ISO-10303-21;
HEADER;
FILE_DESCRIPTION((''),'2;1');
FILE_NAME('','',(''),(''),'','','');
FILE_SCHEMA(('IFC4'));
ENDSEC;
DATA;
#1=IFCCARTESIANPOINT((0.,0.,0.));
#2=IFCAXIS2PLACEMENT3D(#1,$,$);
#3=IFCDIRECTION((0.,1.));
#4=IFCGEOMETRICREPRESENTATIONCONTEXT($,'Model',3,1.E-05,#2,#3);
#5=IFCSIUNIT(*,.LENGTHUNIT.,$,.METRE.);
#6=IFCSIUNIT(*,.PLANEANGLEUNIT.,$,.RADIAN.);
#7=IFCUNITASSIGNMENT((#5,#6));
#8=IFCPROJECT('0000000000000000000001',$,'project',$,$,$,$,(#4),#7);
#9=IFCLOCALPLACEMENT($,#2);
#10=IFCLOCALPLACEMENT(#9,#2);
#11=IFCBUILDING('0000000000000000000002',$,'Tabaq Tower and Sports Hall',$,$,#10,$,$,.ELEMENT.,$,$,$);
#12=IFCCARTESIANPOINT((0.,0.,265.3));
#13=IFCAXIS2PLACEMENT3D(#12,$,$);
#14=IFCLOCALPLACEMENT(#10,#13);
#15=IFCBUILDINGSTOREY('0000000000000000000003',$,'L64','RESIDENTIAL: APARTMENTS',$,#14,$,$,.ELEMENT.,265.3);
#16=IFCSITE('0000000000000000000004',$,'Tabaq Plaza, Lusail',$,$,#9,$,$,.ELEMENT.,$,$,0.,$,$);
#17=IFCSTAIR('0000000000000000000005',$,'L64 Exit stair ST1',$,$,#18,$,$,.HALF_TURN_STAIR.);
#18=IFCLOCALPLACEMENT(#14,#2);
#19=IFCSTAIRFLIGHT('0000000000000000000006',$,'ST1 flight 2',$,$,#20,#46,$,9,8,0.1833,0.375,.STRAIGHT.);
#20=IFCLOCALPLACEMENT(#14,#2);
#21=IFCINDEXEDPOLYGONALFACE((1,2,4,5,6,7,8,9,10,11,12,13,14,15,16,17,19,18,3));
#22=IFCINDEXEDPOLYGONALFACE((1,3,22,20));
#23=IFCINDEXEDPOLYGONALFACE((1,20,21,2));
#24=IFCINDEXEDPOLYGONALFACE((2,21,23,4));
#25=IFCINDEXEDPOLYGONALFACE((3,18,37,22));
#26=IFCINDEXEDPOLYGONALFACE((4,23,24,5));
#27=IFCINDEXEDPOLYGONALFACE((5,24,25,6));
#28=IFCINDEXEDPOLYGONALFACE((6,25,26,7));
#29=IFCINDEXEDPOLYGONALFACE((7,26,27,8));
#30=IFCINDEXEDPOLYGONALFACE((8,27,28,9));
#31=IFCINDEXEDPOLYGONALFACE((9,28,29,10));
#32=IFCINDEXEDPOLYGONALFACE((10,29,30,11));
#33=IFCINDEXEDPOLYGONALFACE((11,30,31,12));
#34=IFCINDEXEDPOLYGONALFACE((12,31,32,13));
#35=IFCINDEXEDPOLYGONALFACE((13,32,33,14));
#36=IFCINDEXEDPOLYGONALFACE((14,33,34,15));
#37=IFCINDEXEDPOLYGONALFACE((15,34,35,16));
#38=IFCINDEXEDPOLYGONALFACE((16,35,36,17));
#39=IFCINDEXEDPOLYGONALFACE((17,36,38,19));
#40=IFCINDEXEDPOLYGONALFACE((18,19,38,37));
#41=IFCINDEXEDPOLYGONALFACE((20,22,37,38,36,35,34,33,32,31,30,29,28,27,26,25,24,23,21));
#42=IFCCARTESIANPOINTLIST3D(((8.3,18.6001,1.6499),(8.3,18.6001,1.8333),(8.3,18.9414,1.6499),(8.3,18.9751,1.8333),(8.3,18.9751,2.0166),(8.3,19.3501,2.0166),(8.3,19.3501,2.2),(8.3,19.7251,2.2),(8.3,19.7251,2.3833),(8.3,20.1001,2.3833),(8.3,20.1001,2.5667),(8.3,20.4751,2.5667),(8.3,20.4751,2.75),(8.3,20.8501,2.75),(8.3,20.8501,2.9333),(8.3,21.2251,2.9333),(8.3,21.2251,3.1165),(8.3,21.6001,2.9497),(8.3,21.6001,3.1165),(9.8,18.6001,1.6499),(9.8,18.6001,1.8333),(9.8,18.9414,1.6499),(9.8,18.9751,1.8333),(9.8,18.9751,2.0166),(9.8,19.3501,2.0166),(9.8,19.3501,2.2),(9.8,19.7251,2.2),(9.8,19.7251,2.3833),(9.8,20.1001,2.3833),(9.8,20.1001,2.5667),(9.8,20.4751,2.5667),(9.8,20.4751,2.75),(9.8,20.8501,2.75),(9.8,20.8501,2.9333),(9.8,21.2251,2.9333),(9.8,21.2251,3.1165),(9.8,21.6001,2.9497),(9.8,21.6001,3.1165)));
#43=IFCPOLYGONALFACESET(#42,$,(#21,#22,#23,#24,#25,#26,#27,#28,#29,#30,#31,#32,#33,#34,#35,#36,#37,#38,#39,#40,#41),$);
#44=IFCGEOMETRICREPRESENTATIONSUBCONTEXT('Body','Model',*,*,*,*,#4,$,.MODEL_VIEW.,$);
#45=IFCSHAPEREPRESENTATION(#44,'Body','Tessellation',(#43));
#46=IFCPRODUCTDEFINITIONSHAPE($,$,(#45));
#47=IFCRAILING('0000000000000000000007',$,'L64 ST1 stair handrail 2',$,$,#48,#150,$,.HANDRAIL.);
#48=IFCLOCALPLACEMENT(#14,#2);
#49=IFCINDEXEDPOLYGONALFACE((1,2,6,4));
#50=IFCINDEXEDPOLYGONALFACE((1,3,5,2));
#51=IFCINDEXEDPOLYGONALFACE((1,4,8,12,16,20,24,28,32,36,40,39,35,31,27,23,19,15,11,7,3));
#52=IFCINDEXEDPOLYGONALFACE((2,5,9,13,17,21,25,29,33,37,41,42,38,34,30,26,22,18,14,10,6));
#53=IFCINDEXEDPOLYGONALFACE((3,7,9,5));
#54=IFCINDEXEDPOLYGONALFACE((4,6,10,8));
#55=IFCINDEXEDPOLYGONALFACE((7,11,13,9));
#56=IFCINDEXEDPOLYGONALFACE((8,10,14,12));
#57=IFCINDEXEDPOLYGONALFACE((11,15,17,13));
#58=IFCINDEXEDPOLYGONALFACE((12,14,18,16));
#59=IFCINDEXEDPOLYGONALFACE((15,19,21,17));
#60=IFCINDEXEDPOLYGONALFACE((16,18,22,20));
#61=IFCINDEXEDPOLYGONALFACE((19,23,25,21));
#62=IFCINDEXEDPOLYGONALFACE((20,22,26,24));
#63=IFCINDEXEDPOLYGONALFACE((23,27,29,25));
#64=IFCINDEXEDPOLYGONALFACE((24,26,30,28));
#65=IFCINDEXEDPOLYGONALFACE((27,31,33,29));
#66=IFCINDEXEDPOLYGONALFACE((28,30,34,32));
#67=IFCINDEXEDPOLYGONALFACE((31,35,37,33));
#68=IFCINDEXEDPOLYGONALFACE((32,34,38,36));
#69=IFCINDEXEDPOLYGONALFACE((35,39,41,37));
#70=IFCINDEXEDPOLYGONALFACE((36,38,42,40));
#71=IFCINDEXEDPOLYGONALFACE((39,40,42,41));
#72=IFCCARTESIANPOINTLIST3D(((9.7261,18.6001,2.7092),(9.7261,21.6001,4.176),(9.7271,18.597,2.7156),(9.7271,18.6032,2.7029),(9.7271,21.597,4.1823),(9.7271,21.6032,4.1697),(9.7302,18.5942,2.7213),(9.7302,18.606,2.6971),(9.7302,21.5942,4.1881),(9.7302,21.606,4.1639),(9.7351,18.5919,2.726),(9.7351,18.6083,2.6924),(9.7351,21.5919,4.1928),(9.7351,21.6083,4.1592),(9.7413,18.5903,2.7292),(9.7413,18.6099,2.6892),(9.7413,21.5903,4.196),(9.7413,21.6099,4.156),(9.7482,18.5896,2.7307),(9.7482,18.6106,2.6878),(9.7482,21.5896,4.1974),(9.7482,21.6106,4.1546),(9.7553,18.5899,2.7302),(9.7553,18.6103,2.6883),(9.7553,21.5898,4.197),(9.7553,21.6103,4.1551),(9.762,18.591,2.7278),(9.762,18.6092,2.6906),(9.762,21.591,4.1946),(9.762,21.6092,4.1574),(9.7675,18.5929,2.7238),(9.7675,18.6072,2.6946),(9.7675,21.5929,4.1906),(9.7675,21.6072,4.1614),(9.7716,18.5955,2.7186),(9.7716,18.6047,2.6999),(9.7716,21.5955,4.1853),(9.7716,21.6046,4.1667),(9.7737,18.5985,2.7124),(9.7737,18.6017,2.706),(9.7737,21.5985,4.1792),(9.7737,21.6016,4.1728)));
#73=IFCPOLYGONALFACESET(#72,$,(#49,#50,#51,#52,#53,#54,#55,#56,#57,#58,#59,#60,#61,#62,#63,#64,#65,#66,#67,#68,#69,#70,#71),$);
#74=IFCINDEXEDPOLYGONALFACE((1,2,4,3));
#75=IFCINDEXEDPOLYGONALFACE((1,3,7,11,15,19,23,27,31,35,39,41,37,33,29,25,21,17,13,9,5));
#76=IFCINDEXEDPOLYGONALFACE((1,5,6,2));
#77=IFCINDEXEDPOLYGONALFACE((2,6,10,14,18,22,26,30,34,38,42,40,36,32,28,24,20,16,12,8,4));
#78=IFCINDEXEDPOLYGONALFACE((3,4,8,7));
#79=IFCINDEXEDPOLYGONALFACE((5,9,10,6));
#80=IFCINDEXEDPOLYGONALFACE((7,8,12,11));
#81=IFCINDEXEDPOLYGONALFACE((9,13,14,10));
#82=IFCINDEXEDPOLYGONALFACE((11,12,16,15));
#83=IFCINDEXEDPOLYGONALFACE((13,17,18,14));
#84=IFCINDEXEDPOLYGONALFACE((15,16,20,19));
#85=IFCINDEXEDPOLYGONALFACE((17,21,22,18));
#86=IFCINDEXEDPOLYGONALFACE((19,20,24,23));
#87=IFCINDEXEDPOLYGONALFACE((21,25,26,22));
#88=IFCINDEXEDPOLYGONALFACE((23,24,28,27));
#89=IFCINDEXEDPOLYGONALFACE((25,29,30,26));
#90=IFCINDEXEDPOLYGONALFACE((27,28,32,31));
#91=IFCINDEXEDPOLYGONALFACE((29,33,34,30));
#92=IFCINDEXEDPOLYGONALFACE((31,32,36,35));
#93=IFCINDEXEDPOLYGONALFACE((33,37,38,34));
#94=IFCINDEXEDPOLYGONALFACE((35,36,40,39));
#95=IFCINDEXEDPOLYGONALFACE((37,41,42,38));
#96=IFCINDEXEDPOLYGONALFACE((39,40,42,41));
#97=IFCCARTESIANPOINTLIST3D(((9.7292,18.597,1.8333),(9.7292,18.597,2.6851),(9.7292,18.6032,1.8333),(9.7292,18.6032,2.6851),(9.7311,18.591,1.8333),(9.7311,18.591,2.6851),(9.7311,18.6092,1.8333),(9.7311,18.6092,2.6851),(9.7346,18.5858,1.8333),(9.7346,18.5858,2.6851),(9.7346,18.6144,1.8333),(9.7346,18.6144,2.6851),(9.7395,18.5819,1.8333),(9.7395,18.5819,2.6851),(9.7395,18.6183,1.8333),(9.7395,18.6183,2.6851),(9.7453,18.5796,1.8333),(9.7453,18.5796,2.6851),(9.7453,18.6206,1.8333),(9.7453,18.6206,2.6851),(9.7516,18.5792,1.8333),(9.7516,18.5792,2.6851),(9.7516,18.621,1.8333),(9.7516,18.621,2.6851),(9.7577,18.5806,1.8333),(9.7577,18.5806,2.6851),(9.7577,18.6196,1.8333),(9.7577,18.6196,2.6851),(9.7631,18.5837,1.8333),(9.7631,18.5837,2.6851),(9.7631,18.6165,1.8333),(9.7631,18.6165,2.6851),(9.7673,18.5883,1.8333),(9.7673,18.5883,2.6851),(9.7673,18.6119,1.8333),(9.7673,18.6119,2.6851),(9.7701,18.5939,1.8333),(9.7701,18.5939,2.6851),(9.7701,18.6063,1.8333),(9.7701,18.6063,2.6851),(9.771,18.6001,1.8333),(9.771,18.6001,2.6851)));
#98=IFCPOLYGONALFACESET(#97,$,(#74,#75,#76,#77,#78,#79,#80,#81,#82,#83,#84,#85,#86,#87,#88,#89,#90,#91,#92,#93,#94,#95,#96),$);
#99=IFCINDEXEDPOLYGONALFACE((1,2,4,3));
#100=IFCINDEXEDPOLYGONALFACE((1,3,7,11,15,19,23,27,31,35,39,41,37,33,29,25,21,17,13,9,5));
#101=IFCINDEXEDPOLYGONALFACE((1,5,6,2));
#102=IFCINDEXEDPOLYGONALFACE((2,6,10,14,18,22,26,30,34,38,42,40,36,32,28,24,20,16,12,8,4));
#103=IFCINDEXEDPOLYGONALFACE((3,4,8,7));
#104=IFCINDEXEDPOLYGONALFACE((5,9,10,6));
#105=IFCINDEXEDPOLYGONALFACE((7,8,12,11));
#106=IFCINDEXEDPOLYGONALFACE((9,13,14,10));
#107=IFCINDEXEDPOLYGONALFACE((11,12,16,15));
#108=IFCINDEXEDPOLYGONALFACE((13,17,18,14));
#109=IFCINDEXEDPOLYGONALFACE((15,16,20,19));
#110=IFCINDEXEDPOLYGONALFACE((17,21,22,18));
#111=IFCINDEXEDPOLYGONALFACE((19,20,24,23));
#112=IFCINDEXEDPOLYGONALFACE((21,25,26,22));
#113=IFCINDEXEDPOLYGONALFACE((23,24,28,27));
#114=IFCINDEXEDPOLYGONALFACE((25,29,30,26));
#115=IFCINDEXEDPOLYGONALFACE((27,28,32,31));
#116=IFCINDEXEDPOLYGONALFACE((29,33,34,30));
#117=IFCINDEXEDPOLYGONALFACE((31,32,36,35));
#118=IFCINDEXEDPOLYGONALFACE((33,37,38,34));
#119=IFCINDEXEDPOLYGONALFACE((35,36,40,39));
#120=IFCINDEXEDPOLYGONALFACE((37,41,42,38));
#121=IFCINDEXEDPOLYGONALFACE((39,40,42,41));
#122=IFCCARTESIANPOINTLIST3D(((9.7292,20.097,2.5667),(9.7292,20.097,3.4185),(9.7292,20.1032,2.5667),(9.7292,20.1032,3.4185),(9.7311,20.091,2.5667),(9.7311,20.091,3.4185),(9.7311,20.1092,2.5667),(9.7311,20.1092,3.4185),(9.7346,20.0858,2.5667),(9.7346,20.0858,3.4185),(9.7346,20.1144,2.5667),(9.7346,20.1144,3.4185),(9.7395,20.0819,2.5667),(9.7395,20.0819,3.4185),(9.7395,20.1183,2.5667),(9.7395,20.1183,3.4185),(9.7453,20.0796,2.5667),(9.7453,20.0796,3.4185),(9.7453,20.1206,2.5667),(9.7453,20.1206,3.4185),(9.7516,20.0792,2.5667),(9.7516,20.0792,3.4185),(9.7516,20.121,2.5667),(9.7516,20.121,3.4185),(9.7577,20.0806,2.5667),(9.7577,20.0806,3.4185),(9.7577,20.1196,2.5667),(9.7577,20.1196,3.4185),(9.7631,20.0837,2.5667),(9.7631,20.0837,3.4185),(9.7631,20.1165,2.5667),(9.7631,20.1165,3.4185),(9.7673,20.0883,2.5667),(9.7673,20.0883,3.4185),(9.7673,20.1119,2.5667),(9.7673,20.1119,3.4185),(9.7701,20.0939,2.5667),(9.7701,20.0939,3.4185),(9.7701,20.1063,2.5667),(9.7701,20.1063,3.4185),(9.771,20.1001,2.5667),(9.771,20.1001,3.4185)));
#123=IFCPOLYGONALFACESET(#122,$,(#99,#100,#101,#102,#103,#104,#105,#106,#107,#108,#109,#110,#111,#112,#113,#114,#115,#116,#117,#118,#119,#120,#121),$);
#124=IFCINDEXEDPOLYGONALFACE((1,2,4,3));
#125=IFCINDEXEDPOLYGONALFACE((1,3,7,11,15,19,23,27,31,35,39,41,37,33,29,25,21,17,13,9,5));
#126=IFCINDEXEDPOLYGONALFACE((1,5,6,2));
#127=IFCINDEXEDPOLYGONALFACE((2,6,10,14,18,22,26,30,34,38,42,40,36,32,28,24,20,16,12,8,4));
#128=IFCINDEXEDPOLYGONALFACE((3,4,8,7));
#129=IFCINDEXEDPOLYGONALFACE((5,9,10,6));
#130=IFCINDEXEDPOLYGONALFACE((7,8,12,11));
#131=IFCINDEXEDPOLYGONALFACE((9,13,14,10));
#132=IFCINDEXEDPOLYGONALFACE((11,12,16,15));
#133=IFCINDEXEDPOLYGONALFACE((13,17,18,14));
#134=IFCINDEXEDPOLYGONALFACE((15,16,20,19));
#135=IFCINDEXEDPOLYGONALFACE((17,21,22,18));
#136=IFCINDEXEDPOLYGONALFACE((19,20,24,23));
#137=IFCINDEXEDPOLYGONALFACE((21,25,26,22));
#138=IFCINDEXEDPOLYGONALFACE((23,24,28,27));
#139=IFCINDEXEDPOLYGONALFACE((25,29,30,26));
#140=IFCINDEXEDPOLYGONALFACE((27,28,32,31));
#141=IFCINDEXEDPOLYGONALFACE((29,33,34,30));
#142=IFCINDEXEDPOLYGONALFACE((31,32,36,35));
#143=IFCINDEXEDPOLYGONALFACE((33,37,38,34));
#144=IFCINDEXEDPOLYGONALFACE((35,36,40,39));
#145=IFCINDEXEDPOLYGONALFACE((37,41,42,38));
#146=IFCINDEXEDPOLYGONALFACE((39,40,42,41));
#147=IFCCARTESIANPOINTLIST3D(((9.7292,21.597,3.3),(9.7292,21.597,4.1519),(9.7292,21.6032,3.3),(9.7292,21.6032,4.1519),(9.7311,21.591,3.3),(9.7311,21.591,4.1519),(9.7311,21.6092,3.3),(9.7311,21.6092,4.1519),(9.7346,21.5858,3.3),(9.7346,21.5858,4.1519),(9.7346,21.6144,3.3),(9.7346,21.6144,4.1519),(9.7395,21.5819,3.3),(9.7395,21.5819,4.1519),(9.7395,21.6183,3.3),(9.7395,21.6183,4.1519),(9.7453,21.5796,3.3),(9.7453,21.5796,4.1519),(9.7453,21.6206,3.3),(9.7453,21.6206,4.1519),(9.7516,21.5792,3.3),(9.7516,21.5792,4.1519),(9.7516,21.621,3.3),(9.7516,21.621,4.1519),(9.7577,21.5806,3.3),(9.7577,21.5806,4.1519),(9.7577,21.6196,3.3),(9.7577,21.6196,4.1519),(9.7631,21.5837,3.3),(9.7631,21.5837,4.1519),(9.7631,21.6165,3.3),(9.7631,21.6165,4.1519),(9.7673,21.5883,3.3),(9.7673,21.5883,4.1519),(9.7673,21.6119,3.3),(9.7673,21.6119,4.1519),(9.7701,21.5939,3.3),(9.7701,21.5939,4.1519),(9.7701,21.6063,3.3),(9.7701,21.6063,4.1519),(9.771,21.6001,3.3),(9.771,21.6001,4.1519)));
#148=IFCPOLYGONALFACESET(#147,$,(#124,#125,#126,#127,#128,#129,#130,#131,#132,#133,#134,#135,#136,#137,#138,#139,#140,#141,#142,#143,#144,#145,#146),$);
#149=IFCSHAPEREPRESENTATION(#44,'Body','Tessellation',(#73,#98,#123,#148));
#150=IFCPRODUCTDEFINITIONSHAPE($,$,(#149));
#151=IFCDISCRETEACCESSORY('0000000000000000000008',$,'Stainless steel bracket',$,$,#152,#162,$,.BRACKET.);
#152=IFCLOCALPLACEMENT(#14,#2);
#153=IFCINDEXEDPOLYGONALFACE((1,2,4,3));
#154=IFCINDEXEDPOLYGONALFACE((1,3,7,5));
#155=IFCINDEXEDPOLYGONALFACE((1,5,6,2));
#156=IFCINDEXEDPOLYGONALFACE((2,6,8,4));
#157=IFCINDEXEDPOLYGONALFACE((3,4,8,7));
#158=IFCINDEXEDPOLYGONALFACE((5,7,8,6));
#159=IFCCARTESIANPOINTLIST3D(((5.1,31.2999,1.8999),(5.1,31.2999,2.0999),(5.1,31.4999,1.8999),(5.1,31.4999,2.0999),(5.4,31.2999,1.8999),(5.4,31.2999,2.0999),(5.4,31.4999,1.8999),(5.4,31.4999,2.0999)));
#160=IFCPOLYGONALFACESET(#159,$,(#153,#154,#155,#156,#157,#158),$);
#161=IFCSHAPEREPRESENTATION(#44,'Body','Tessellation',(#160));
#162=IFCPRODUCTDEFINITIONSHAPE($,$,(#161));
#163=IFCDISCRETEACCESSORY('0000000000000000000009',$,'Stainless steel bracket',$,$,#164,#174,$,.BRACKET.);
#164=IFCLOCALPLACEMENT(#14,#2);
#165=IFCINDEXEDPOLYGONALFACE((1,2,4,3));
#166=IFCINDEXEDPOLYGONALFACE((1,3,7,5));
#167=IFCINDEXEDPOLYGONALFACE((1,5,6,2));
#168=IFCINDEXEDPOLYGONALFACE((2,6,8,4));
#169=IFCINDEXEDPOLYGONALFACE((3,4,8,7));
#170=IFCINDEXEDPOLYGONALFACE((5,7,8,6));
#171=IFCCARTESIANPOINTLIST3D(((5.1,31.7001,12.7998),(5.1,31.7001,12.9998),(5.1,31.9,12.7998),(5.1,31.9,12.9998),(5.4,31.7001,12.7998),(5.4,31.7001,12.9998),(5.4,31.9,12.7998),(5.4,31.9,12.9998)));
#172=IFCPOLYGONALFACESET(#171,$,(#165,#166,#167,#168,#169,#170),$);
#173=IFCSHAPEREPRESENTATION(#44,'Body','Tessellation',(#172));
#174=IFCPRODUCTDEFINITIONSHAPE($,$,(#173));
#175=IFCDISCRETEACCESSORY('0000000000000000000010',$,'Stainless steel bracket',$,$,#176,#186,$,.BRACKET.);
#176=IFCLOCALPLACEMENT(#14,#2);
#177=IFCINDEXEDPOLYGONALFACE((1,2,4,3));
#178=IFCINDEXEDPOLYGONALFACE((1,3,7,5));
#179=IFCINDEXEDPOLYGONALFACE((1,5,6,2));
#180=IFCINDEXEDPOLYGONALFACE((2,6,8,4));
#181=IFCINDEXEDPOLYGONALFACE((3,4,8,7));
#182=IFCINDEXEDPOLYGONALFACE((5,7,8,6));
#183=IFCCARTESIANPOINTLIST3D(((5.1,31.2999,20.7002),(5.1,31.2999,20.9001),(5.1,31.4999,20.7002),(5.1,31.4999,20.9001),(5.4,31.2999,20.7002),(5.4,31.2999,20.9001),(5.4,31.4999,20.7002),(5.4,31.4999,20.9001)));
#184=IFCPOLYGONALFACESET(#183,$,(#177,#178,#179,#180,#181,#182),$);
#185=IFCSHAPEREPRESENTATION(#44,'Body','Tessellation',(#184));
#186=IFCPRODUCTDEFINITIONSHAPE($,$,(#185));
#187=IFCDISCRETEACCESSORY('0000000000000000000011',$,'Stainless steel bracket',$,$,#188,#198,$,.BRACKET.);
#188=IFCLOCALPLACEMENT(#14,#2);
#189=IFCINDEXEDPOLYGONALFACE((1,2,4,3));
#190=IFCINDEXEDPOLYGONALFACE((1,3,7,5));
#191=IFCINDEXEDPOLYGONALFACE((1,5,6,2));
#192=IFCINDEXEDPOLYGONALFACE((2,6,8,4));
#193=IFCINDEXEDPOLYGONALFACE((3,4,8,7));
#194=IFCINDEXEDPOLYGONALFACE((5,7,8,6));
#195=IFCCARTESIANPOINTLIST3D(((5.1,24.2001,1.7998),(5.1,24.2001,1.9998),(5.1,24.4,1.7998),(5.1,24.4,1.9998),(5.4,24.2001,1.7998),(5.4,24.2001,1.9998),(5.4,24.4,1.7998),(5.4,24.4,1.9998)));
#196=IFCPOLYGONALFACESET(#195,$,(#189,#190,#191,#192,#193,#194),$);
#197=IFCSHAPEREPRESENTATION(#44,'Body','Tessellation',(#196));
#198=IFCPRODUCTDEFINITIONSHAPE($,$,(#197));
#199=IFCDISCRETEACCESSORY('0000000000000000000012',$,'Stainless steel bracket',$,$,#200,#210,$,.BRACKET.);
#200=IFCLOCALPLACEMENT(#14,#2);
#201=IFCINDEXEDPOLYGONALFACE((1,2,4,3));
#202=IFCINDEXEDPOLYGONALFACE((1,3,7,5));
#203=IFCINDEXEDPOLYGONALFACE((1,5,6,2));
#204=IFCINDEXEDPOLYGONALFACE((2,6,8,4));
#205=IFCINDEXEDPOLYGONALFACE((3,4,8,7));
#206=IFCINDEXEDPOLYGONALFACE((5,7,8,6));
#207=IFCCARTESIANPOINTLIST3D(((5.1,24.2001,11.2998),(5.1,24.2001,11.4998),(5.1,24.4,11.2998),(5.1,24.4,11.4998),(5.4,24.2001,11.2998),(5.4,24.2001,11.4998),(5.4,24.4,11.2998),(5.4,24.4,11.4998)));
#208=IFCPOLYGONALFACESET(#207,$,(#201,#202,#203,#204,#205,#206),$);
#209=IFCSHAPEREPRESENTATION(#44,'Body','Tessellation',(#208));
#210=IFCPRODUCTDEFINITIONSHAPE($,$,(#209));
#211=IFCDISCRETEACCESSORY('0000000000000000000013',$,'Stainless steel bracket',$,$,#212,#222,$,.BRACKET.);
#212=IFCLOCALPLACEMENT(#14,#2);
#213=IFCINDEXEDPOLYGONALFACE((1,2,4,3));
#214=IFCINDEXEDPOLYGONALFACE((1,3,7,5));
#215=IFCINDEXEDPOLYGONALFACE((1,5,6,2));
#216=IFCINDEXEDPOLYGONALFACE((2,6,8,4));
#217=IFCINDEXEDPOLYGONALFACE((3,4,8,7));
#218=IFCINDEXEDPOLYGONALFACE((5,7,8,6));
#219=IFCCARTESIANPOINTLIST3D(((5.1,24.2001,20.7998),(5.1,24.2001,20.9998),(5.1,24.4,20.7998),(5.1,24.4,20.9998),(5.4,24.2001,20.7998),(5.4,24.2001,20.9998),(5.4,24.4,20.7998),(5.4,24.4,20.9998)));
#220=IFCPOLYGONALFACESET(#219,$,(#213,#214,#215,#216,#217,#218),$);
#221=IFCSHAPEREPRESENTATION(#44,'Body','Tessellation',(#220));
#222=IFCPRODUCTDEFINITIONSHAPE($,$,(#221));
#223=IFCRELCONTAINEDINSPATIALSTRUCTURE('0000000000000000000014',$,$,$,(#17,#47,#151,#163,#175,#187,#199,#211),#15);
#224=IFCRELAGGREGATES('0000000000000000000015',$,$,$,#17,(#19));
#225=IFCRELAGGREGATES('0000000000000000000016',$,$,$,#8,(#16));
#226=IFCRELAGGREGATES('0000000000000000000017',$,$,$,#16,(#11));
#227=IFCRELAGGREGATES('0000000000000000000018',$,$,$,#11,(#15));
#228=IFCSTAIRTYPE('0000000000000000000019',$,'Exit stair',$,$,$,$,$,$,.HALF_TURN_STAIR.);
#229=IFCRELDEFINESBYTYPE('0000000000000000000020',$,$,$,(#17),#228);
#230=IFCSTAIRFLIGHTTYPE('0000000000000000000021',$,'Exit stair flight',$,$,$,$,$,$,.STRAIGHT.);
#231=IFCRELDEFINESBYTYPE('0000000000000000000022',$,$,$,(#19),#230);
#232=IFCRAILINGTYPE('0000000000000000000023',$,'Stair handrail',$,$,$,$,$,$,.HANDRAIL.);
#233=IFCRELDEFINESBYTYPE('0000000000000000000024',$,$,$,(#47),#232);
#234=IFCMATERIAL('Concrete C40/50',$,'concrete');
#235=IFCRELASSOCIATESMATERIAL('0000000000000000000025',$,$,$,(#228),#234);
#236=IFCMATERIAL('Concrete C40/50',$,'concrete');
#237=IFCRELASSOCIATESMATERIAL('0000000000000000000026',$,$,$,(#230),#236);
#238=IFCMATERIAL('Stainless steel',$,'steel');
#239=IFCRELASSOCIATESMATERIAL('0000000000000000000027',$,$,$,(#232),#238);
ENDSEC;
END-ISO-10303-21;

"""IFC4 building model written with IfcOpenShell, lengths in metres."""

from ifc_helpers import new_model, si_unit, direction, frame, origin, origin_2d, place, context, subcontext, project, spatial, polyline, rectangle, circle, outline, extrude, material, type_object, element, aggregate, save


model = new_model("IFC4")

# Units and contexts
model_context = context("Model", 3, precision=1e-05, world=origin(), true_north=direction((0.0, 1.0)))
body_context = subcontext(model_context, "Body", "Model", "MODEL_VIEW")
ifc_project = project(units=[si_unit("LENGTHUNIT", "METRE"), si_unit("PLANEANGLEUNIT", "RADIAN")], contexts=[model_context])

# Site, building, storey
site_placement = place(None, origin())
site = spatial("IfcSite", under=ifc_project, at=site_placement, Name="Tabaq Plaza, Lusail", CompositionType="ELEMENT", RefElevation=0.0)
building_placement = place(site_placement, origin())
building = spatial("IfcBuilding", under=site, at=building_placement, Name="Tabaq Tower and Sports Hall", CompositionType="ELEMENT")
storey_placement = place(building_placement, frame((0.0, 0.0, 265.3)))
storey = spatial("IfcBuildingStorey", under=building, at=storey_placement, Name="L64", Description="RESIDENTIAL: APARTMENTS", CompositionType="ELEMENT", Elevation=265.3)

# Stair, stair flight
ifc_material_1 = material(Name="Concrete C40/50", Category="concrete")
stair_type = type_object("IfcStairType", Name="Exit stair", PredefinedType="HALF_TURN_STAIR", material=ifc_material_1)
stair_placement = place(storey_placement, origin())
stair = element("IfcStair", 1, at=stair_placement, inside=storey, type_object=stair_type, Name="L64 Exit stair ST1", PredefinedType="HALF_TURN_STAIR")
ifc_material_2 = material(Name="Concrete C40/50", Category="concrete")
stair_flight_type = type_object("IfcStairFlightType", Name="Exit stair flight", PredefinedType="STRAIGHT", material=ifc_material_2)
stair_flight_placement = place(storey_placement, frame((9.05, 18.6001, 1.6499), z_axis=(0.0, 0.0, 1.0), x_axis=(0.0, 1.0, 0.0)))
stair_flight = element("IfcStairFlight", 2, at=stair_flight_placement, type_object=stair_flight_type, Name="ST1 flight 2", NumberOfRisers=9, NumberOfTreads=8, PredefinedType="STRAIGHT", RiserHeight=0.1833, TreadLength=0.375, context=body_context, shape_type="SweptSolid", body=[
    extrude(outline(polyline([(0.0, 0.0), (0.0, 0.1833), (0.375, 0.1833), (0.375, 0.3667), (0.75, 0.3667), (0.75, 0.55), (1.125, 0.55), (1.125, 0.7334), (1.5, 0.7334), (1.5, 0.9167), (1.875, 0.9167), (1.875, 1.1001), (2.25, 1.1001), (2.25, 1.2834), (2.625, 1.2834), (2.625, 1.4666), (3.0, 1.4666), (3.0, 1.6499), (3.0, 1.2998), (0.3413, 0.0), (0.0, 0.0)])), frame((0.0, 0.75, 0.0), z_axis=(0.0, -1.0, 0.0), x_axis=(1.0, 0.0, 0.0)), (0.0, 0.0, 1.0), 1.5),
])
aggregate(stair, [stair_flight])

# Railing
ifc_material_3 = material(Name="Stainless steel", Category="steel")
railing_type = type_object("IfcRailingType", Name="Stair handrail", PredefinedType="HANDRAIL", material=ifc_material_3)
railing_placement = place(storey_placement, frame((9.75, 18.6001, 1.8333)))
element("IfcRailing", 3, at=railing_placement, inside=storey, type_object=railing_type, Name="L64 ST1 stair handrail 2", PredefinedType="HANDRAIL", context=body_context, shape_type="SweptSolid", body=[
    extrude(circle(Radius=0.0239, at=origin_2d()), frame((0.0, 0.0, 0.876), z_axis=(0.0, 0.898369, 0.439242), x_axis=(-1.0, 0.0, 0.0)), (0.0, 0.0, 1.0), 3.3394),
    extrude(circle(Radius=0.021, at=origin_2d()), origin(), (0.0, 0.0, 1.0), 0.8518),
    extrude(circle(Radius=0.021, at=origin_2d()), frame((0.0, 1.5, 0.7334)), (0.0, 0.0, 1.0), 0.8518),
    extrude(circle(Radius=0.021, at=origin_2d()), frame((0.0, 3.0, 1.4668)), (0.0, 0.0, 1.0), 0.8518),
])

# Discrete accessories
for number, where, z_axis, x_axis, name in (
    (4, (5.25, 31.3999, 1.8999), (0.0, 0.0, 1.0), (0.0, 1.0, 0.0), "Stainless steel bracket"),
    (5, (5.25, 31.8, 12.7998), (0.0, 0.0, 1.0), (0.0, 1.0, 0.0), "Stainless steel bracket"),
    (6, (5.25, 31.3999, 20.7002), (0.0, 0.0, 1.0), (0.0, 1.0, 0.0), "Stainless steel bracket"),
    (7, (5.25, 24.3, 1.7998), (0.0, 0.0, 1.0), (0.0, 1.0, 0.0), "Stainless steel bracket"),
    (8, (5.25, 24.3, 11.2998), (0.0, 0.0, 1.0), (0.0, 1.0, 0.0), "Stainless steel bracket"),
    (9, (5.25, 24.3, 20.7998), (0.0, 0.0, 1.0), (0.0, 1.0, 0.0), "Stainless steel bracket"),
):
    element("IfcDiscreteAccessory", number, at=place(storey_placement, frame(where, z_axis=z_axis, x_axis=x_axis)), inside=storey, Name=name, PredefinedType="BRACKET", context=body_context, shape_type="SweptSolid", body=[
        extrude(rectangle(XDim=0.2, YDim=0.3, at=origin_2d()), origin(), (0.0, 0.0, 1.0), 0.2),
    ])

save(model, "model.ifc")
